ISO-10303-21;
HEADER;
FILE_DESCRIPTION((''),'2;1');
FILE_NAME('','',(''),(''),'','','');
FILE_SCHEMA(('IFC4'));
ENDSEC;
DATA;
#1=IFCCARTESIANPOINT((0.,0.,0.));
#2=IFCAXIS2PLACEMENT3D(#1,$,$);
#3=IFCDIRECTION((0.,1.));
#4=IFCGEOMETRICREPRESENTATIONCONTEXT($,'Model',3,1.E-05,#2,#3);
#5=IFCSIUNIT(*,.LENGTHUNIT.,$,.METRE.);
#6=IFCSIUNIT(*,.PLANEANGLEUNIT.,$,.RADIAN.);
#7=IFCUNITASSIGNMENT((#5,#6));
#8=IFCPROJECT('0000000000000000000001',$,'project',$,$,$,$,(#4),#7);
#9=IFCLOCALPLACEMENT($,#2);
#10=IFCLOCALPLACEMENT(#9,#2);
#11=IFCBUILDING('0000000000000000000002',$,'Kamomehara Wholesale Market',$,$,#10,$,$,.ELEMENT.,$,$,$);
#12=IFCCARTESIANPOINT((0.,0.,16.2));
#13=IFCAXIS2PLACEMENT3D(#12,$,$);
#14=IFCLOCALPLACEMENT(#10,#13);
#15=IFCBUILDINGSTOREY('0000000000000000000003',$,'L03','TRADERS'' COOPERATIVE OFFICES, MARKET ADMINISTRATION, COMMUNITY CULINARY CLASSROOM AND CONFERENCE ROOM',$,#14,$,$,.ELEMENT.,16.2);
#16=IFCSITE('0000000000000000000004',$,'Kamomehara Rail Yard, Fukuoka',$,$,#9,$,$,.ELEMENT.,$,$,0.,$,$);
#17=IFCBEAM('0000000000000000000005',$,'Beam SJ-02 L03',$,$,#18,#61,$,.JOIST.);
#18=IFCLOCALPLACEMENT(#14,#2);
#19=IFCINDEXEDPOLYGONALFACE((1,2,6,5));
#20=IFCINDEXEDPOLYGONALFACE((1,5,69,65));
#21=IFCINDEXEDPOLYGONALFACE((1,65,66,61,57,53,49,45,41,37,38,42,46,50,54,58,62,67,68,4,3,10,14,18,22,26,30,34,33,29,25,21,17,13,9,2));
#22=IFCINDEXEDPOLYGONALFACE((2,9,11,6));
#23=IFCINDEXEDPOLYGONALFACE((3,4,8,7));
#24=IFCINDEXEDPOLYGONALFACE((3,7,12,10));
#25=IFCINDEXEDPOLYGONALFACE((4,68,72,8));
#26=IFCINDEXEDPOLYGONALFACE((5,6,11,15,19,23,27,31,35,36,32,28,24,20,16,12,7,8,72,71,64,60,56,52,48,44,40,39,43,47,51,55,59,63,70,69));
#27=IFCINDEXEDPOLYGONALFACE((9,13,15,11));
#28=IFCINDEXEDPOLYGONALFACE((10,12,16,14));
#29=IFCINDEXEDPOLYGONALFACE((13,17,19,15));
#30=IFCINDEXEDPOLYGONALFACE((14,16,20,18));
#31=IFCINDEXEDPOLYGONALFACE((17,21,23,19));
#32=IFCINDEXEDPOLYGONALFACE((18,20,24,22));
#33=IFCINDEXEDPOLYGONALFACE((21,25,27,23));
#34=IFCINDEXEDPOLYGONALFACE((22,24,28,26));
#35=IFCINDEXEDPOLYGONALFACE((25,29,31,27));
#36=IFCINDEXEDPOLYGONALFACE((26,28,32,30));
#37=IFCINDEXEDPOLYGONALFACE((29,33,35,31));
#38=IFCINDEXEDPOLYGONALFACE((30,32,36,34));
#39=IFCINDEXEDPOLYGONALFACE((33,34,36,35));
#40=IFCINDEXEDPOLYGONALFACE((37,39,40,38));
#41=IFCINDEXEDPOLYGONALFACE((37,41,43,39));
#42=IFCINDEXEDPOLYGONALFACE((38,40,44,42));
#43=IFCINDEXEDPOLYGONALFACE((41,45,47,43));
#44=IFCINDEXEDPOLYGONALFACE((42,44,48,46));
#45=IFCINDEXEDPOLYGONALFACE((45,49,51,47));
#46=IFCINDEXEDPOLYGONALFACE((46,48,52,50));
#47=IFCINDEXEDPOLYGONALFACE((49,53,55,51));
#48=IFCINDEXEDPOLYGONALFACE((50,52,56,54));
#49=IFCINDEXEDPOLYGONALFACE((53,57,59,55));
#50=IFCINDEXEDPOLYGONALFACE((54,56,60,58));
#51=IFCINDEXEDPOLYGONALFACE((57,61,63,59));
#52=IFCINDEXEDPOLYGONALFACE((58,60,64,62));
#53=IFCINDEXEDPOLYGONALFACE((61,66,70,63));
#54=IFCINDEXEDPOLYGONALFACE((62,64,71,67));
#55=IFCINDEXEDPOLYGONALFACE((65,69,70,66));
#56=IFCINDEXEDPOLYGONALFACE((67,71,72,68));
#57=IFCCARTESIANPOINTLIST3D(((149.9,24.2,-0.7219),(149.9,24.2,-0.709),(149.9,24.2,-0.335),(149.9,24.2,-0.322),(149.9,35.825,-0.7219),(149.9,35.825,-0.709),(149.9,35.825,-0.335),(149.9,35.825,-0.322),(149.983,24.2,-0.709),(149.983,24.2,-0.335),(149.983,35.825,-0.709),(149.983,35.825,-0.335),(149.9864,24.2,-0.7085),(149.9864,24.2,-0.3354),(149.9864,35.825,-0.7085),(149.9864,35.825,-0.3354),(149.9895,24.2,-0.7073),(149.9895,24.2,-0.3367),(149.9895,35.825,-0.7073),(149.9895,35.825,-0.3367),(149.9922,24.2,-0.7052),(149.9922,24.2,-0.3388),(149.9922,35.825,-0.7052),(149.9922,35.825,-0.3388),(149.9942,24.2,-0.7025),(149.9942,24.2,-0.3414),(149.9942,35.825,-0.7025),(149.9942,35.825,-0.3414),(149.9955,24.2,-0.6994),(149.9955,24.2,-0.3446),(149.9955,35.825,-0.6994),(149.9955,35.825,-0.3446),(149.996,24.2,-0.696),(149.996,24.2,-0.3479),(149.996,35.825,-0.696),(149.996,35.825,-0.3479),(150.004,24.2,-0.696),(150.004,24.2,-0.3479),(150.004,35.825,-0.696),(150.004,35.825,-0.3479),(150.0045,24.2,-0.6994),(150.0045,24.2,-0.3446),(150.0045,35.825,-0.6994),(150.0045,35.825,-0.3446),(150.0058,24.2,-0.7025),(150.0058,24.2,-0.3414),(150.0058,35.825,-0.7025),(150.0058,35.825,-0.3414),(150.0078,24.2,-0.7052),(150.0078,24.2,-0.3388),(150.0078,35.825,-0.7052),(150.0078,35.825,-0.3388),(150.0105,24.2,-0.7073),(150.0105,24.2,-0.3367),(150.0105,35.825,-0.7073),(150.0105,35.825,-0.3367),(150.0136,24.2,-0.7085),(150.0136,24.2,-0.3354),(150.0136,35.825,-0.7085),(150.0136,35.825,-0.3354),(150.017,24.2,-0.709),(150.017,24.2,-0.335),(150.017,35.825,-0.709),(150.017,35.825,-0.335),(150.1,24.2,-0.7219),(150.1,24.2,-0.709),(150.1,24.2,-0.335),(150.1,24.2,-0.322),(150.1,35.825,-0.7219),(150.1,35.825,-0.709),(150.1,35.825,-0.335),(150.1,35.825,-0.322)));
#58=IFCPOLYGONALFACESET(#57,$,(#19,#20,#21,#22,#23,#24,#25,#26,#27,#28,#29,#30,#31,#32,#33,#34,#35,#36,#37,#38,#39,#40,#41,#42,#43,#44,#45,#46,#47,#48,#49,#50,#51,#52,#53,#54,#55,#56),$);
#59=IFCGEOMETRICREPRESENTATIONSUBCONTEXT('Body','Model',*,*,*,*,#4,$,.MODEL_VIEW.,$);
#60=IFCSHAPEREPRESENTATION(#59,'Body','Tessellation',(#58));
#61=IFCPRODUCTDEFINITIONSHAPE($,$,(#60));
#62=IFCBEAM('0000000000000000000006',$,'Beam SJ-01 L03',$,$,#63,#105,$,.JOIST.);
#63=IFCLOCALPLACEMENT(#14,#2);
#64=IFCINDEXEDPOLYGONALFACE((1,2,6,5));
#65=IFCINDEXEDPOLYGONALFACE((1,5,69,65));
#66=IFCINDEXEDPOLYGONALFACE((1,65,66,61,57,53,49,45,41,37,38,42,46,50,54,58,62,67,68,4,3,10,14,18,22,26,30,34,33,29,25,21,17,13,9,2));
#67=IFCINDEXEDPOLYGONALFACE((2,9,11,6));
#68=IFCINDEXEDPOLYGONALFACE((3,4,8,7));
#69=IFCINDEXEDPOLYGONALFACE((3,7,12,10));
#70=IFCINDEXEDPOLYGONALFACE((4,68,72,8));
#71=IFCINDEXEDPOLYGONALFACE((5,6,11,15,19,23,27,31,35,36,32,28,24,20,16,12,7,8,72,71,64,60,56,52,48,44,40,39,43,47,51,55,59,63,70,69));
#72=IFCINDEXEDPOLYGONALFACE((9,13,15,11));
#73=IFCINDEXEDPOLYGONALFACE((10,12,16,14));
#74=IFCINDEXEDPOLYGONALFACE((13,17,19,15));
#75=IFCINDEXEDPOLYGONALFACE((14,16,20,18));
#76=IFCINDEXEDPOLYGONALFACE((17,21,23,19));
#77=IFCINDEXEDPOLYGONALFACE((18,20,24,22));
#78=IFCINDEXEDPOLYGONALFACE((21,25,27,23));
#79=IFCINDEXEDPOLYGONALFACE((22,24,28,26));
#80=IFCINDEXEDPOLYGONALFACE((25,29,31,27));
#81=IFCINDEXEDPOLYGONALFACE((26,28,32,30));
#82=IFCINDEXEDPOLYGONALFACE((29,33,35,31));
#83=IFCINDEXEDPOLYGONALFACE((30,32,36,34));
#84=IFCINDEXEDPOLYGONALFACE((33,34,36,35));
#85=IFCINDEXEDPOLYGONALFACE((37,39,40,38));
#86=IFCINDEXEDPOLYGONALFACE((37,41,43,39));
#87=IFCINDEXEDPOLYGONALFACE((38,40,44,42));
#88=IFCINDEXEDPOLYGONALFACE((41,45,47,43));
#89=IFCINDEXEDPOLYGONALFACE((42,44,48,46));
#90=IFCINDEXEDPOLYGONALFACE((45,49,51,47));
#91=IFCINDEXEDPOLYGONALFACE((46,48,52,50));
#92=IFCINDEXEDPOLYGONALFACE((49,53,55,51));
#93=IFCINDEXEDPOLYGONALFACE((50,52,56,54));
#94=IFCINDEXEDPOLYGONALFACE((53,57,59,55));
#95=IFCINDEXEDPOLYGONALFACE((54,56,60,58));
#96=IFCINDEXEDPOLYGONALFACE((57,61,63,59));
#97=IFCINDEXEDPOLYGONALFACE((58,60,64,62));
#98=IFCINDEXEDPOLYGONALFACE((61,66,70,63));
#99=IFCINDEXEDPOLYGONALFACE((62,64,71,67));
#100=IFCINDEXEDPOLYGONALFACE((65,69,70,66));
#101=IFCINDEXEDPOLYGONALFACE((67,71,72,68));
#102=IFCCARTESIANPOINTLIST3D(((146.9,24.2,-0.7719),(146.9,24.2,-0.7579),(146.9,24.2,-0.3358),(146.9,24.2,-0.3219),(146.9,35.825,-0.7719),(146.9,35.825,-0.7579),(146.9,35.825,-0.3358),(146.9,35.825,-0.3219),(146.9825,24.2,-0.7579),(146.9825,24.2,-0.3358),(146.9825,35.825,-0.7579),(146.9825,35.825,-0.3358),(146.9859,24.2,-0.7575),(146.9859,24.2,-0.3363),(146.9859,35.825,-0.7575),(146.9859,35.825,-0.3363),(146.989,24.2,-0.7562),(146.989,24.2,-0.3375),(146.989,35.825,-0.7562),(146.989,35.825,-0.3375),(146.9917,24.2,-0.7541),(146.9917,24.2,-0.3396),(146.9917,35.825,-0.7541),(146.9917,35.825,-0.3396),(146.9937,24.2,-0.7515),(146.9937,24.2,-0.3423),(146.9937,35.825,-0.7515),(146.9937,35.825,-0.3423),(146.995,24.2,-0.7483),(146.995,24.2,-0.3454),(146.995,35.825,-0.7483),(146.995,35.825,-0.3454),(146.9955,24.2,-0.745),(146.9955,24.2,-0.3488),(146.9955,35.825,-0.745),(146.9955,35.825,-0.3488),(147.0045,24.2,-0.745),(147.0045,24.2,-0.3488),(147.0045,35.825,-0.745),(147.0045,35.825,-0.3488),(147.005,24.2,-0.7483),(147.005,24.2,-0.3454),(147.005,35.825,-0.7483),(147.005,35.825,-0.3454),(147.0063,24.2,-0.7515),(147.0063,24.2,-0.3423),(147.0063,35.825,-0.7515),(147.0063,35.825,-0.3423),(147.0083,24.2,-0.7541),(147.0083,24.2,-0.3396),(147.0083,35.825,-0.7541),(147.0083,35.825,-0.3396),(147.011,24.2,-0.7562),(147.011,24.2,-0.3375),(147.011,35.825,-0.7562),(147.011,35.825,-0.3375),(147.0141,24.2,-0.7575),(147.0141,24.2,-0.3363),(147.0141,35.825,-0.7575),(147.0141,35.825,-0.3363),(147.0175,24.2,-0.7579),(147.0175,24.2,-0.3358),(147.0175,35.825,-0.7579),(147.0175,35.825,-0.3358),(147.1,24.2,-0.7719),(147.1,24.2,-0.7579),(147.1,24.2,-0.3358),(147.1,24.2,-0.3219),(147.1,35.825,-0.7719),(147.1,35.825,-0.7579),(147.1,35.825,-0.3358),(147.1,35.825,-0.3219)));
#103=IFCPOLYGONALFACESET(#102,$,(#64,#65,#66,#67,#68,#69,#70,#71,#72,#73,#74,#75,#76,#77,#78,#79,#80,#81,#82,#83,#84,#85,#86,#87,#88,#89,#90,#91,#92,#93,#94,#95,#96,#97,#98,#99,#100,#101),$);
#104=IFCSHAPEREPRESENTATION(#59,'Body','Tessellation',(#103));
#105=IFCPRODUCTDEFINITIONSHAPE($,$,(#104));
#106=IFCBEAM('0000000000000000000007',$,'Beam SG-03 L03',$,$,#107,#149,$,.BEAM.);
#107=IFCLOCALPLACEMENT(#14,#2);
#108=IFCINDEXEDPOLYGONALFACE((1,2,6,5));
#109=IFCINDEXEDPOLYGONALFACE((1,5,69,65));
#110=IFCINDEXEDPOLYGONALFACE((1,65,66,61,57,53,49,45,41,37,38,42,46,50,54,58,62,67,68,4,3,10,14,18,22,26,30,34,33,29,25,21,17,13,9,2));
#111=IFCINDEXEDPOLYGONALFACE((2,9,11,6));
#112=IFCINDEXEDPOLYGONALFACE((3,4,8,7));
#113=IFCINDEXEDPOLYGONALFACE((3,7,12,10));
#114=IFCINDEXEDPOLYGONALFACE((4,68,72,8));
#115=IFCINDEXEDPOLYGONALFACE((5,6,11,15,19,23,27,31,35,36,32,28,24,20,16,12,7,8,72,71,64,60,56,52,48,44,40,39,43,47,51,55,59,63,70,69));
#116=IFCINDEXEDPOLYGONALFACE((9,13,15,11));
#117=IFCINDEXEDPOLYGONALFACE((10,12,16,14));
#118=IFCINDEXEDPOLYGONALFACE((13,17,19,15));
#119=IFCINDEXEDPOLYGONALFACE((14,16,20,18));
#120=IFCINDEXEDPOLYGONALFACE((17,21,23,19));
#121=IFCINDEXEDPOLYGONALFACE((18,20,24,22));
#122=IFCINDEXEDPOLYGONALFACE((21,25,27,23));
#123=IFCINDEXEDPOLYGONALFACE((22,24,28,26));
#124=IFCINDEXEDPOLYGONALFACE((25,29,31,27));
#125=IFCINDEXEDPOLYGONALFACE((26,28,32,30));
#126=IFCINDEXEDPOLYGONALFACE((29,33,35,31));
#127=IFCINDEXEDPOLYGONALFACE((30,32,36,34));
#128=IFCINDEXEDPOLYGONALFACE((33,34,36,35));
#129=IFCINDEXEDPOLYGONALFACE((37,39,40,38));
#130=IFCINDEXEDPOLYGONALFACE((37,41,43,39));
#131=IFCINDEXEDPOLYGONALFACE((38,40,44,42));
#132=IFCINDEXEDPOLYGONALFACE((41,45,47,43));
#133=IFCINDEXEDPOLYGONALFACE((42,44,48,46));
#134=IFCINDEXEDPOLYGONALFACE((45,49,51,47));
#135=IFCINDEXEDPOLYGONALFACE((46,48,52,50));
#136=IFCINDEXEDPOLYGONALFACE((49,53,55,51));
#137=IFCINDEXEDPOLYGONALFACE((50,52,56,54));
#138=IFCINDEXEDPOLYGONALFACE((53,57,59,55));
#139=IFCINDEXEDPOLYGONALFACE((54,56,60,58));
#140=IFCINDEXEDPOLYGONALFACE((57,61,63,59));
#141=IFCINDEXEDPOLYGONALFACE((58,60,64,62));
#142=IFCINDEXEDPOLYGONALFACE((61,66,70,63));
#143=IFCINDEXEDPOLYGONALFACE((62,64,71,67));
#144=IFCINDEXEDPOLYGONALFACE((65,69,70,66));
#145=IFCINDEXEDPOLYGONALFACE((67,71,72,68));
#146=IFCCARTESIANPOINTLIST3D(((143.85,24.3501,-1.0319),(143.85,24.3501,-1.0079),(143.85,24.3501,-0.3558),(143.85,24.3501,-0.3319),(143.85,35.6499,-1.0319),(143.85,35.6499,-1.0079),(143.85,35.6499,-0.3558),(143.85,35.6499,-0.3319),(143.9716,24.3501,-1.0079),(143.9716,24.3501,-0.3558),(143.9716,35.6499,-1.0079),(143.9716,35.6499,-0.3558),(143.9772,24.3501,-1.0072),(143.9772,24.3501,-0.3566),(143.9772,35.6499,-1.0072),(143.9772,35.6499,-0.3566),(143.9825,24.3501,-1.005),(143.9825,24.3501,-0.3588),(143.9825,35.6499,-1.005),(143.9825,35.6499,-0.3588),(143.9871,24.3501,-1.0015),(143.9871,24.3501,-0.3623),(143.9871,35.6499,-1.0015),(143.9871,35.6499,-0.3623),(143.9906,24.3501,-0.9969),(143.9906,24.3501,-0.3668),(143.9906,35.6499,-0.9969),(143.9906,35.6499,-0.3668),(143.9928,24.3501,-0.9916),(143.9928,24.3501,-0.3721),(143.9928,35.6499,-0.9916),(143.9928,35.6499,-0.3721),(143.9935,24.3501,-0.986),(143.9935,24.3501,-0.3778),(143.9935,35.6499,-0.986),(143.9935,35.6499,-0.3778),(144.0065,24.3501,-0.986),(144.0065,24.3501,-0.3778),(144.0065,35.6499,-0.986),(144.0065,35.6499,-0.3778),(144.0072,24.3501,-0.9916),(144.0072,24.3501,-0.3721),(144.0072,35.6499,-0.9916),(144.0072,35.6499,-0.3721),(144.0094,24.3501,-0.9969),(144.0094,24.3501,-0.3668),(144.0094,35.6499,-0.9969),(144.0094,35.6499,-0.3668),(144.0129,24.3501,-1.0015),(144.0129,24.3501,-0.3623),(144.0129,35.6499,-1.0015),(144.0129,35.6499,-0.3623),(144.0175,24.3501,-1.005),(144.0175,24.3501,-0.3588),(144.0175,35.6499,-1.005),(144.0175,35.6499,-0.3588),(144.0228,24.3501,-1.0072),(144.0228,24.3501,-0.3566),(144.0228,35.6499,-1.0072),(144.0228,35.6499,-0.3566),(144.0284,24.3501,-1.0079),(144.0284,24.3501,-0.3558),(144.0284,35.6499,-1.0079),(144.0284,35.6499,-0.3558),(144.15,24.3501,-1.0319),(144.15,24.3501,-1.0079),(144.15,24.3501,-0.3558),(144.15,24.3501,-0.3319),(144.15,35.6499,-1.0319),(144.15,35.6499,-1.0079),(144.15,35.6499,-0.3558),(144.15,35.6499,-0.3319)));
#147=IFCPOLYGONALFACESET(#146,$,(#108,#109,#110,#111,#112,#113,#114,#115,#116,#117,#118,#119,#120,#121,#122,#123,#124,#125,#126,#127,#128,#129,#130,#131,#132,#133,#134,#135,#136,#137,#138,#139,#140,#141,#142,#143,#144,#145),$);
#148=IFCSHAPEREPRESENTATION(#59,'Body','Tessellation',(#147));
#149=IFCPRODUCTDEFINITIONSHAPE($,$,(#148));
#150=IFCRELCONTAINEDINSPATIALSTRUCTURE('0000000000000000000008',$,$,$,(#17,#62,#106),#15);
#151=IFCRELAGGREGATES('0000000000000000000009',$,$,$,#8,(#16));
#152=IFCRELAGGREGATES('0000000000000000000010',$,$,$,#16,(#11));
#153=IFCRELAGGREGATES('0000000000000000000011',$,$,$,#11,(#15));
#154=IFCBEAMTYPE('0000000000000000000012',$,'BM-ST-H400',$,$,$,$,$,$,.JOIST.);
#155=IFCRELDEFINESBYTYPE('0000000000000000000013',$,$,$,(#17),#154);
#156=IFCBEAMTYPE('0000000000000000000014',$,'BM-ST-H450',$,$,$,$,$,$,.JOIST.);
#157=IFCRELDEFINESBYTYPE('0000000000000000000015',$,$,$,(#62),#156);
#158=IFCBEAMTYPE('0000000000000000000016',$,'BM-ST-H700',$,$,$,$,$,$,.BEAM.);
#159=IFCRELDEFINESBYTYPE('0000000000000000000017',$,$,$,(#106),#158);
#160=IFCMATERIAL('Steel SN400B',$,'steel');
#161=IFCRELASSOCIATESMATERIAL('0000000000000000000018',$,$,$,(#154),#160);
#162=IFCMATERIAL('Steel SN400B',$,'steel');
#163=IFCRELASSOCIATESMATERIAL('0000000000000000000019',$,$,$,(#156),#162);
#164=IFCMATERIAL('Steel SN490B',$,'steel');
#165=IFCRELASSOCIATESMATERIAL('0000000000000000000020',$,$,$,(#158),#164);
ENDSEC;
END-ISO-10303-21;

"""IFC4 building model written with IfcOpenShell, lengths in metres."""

from ifc_helpers import new_model, si_unit, direction, frame, origin, origin_2d, place, context, subcontext, project, spatial, i_section, extrude, material, material_profile, profile_set, type_object, element, save


model = new_model("IFC4")

# Units and contexts
model_context = context("Model", 3, precision=1e-05, world=origin(), true_north=direction((0.0, 1.0)))
body_context = subcontext(model_context, "Body", "Model", "MODEL_VIEW")
ifc_project = project(units=[si_unit("LENGTHUNIT", "METRE"), si_unit("PLANEANGLEUNIT", "RADIAN")], contexts=[model_context])

# Site, building, storey
site_placement = place(None, origin())
site = spatial("IfcSite", under=ifc_project, at=site_placement, Name="Kamomehara Rail Yard, Fukuoka", CompositionType="ELEMENT", RefElevation=0.0)
building_placement = place(site_placement, origin())
building = spatial("IfcBuilding", under=site, at=building_placement, Name="Kamomehara Wholesale Market", CompositionType="ELEMENT")
storey_placement = place(building_placement, frame((0.0, 0.0, 16.2)))
storey = spatial("IfcBuildingStorey", under=building, at=storey_placement, Name="L03", Description="TRADERS' COOPERATIVE OFFICES, MARKET ADMINISTRATION, COMMUNITY CULINARY CLASSROOM AND CONFERENCE ROOM", CompositionType="ELEMENT", Elevation=16.2)

# Beams
ifc_material_1 = material(Name="Steel SN400B", Category="steel")
ifc_material_profile_1 = material_profile(ifc_material_1, i_section(OverallWidth=0.2, OverallDepth=0.3999, WebThickness=0.0081, FlangeThickness=0.0129, FilletRadius=0.0129, at=origin_2d()), Name="H-400x200x8x13")
ifc_profile_set_1 = profile_set([ifc_material_profile_1], Name="Steel SN400B")
beam_type_1 = type_object("IfcBeamType", Name="BM-ST-H400", PredefinedType="JOIST", material=ifc_profile_set_1)
beam_1_placement = place(storey_placement, frame((150.0, 24.2, -0.522), z_axis=(0.0, 1.0, 0.0), x_axis=(-1.0, 0.0, 0.0)))
element("IfcBeam", 1, at=beam_1_placement, inside=storey, type_object=beam_type_1, Name="Beam SJ-02 L03", PredefinedType="JOIST", context=body_context, shape_type="SweptSolid", body=[
    extrude(i_section(OverallWidth=0.2, OverallDepth=0.3999, WebThickness=0.0081, FlangeThickness=0.0129, FilletRadius=0.0129, at=origin_2d()), origin(), (0.0, 0.0, 1.0), 11.625),
])
ifc_material_2 = material(Name="Steel SN400B", Category="steel")
ifc_material_profile_2 = material_profile(ifc_material_2, i_section(OverallWidth=0.2, OverallDepth=0.45, WebThickness=0.009, FlangeThickness=0.0139, FilletRadius=0.0129, at=origin_2d()), Name="H-450x200x9x14")
ifc_profile_set_2 = profile_set([ifc_material_profile_2], Name="Steel SN400B")
beam_type_2 = type_object("IfcBeamType", Name="BM-ST-H450", PredefinedType="JOIST", material=ifc_profile_set_2)
beam_2_placement = place(storey_placement, frame((147.0, 24.2, -0.5469), z_axis=(0.0, 1.0, 0.0), x_axis=(-1.0, 0.0, 0.0)))
element("IfcBeam", 2, at=beam_2_placement, inside=storey, type_object=beam_type_2, Name="Beam SJ-01 L03", PredefinedType="JOIST", context=body_context, shape_type="SweptSolid", body=[
    extrude(i_section(OverallWidth=0.2, OverallDepth=0.45, WebThickness=0.009, FlangeThickness=0.0139, FilletRadius=0.0129, at=origin_2d()), origin(), (0.0, 0.0, 1.0), 11.625),
])
ifc_material_3 = material(Name="Steel SN490B", Category="steel")
ifc_material_profile_3 = material_profile(ifc_material_3, i_section(OverallWidth=0.3, OverallDepth=0.7, WebThickness=0.0129, FlangeThickness=0.0239, FilletRadius=0.022, at=origin_2d()), Name="H-700x300x13x24")
ifc_profile_set_3 = profile_set([ifc_material_profile_3], Name="Steel SN490B")
beam_type_3 = type_object("IfcBeamType", Name="BM-ST-H700", PredefinedType="BEAM", material=ifc_profile_set_3)
beam_3_placement = place(storey_placement, frame((144.0, 24.3501, -0.6819), z_axis=(0.0, 1.0, 0.0), x_axis=(-1.0, 0.0, 0.0)))
element("IfcBeam", 3, at=beam_3_placement, inside=storey, type_object=beam_type_3, Name="Beam SG-03 L03", PredefinedType="BEAM", context=body_context, shape_type="SweptSolid", body=[
    extrude(i_section(OverallWidth=0.3, OverallDepth=0.7, WebThickness=0.0129, FlangeThickness=0.0239, FilletRadius=0.022, at=origin_2d()), origin(), (0.0, 0.0, 1.0), 11.2998),
])

save(model, "model.ifc")
